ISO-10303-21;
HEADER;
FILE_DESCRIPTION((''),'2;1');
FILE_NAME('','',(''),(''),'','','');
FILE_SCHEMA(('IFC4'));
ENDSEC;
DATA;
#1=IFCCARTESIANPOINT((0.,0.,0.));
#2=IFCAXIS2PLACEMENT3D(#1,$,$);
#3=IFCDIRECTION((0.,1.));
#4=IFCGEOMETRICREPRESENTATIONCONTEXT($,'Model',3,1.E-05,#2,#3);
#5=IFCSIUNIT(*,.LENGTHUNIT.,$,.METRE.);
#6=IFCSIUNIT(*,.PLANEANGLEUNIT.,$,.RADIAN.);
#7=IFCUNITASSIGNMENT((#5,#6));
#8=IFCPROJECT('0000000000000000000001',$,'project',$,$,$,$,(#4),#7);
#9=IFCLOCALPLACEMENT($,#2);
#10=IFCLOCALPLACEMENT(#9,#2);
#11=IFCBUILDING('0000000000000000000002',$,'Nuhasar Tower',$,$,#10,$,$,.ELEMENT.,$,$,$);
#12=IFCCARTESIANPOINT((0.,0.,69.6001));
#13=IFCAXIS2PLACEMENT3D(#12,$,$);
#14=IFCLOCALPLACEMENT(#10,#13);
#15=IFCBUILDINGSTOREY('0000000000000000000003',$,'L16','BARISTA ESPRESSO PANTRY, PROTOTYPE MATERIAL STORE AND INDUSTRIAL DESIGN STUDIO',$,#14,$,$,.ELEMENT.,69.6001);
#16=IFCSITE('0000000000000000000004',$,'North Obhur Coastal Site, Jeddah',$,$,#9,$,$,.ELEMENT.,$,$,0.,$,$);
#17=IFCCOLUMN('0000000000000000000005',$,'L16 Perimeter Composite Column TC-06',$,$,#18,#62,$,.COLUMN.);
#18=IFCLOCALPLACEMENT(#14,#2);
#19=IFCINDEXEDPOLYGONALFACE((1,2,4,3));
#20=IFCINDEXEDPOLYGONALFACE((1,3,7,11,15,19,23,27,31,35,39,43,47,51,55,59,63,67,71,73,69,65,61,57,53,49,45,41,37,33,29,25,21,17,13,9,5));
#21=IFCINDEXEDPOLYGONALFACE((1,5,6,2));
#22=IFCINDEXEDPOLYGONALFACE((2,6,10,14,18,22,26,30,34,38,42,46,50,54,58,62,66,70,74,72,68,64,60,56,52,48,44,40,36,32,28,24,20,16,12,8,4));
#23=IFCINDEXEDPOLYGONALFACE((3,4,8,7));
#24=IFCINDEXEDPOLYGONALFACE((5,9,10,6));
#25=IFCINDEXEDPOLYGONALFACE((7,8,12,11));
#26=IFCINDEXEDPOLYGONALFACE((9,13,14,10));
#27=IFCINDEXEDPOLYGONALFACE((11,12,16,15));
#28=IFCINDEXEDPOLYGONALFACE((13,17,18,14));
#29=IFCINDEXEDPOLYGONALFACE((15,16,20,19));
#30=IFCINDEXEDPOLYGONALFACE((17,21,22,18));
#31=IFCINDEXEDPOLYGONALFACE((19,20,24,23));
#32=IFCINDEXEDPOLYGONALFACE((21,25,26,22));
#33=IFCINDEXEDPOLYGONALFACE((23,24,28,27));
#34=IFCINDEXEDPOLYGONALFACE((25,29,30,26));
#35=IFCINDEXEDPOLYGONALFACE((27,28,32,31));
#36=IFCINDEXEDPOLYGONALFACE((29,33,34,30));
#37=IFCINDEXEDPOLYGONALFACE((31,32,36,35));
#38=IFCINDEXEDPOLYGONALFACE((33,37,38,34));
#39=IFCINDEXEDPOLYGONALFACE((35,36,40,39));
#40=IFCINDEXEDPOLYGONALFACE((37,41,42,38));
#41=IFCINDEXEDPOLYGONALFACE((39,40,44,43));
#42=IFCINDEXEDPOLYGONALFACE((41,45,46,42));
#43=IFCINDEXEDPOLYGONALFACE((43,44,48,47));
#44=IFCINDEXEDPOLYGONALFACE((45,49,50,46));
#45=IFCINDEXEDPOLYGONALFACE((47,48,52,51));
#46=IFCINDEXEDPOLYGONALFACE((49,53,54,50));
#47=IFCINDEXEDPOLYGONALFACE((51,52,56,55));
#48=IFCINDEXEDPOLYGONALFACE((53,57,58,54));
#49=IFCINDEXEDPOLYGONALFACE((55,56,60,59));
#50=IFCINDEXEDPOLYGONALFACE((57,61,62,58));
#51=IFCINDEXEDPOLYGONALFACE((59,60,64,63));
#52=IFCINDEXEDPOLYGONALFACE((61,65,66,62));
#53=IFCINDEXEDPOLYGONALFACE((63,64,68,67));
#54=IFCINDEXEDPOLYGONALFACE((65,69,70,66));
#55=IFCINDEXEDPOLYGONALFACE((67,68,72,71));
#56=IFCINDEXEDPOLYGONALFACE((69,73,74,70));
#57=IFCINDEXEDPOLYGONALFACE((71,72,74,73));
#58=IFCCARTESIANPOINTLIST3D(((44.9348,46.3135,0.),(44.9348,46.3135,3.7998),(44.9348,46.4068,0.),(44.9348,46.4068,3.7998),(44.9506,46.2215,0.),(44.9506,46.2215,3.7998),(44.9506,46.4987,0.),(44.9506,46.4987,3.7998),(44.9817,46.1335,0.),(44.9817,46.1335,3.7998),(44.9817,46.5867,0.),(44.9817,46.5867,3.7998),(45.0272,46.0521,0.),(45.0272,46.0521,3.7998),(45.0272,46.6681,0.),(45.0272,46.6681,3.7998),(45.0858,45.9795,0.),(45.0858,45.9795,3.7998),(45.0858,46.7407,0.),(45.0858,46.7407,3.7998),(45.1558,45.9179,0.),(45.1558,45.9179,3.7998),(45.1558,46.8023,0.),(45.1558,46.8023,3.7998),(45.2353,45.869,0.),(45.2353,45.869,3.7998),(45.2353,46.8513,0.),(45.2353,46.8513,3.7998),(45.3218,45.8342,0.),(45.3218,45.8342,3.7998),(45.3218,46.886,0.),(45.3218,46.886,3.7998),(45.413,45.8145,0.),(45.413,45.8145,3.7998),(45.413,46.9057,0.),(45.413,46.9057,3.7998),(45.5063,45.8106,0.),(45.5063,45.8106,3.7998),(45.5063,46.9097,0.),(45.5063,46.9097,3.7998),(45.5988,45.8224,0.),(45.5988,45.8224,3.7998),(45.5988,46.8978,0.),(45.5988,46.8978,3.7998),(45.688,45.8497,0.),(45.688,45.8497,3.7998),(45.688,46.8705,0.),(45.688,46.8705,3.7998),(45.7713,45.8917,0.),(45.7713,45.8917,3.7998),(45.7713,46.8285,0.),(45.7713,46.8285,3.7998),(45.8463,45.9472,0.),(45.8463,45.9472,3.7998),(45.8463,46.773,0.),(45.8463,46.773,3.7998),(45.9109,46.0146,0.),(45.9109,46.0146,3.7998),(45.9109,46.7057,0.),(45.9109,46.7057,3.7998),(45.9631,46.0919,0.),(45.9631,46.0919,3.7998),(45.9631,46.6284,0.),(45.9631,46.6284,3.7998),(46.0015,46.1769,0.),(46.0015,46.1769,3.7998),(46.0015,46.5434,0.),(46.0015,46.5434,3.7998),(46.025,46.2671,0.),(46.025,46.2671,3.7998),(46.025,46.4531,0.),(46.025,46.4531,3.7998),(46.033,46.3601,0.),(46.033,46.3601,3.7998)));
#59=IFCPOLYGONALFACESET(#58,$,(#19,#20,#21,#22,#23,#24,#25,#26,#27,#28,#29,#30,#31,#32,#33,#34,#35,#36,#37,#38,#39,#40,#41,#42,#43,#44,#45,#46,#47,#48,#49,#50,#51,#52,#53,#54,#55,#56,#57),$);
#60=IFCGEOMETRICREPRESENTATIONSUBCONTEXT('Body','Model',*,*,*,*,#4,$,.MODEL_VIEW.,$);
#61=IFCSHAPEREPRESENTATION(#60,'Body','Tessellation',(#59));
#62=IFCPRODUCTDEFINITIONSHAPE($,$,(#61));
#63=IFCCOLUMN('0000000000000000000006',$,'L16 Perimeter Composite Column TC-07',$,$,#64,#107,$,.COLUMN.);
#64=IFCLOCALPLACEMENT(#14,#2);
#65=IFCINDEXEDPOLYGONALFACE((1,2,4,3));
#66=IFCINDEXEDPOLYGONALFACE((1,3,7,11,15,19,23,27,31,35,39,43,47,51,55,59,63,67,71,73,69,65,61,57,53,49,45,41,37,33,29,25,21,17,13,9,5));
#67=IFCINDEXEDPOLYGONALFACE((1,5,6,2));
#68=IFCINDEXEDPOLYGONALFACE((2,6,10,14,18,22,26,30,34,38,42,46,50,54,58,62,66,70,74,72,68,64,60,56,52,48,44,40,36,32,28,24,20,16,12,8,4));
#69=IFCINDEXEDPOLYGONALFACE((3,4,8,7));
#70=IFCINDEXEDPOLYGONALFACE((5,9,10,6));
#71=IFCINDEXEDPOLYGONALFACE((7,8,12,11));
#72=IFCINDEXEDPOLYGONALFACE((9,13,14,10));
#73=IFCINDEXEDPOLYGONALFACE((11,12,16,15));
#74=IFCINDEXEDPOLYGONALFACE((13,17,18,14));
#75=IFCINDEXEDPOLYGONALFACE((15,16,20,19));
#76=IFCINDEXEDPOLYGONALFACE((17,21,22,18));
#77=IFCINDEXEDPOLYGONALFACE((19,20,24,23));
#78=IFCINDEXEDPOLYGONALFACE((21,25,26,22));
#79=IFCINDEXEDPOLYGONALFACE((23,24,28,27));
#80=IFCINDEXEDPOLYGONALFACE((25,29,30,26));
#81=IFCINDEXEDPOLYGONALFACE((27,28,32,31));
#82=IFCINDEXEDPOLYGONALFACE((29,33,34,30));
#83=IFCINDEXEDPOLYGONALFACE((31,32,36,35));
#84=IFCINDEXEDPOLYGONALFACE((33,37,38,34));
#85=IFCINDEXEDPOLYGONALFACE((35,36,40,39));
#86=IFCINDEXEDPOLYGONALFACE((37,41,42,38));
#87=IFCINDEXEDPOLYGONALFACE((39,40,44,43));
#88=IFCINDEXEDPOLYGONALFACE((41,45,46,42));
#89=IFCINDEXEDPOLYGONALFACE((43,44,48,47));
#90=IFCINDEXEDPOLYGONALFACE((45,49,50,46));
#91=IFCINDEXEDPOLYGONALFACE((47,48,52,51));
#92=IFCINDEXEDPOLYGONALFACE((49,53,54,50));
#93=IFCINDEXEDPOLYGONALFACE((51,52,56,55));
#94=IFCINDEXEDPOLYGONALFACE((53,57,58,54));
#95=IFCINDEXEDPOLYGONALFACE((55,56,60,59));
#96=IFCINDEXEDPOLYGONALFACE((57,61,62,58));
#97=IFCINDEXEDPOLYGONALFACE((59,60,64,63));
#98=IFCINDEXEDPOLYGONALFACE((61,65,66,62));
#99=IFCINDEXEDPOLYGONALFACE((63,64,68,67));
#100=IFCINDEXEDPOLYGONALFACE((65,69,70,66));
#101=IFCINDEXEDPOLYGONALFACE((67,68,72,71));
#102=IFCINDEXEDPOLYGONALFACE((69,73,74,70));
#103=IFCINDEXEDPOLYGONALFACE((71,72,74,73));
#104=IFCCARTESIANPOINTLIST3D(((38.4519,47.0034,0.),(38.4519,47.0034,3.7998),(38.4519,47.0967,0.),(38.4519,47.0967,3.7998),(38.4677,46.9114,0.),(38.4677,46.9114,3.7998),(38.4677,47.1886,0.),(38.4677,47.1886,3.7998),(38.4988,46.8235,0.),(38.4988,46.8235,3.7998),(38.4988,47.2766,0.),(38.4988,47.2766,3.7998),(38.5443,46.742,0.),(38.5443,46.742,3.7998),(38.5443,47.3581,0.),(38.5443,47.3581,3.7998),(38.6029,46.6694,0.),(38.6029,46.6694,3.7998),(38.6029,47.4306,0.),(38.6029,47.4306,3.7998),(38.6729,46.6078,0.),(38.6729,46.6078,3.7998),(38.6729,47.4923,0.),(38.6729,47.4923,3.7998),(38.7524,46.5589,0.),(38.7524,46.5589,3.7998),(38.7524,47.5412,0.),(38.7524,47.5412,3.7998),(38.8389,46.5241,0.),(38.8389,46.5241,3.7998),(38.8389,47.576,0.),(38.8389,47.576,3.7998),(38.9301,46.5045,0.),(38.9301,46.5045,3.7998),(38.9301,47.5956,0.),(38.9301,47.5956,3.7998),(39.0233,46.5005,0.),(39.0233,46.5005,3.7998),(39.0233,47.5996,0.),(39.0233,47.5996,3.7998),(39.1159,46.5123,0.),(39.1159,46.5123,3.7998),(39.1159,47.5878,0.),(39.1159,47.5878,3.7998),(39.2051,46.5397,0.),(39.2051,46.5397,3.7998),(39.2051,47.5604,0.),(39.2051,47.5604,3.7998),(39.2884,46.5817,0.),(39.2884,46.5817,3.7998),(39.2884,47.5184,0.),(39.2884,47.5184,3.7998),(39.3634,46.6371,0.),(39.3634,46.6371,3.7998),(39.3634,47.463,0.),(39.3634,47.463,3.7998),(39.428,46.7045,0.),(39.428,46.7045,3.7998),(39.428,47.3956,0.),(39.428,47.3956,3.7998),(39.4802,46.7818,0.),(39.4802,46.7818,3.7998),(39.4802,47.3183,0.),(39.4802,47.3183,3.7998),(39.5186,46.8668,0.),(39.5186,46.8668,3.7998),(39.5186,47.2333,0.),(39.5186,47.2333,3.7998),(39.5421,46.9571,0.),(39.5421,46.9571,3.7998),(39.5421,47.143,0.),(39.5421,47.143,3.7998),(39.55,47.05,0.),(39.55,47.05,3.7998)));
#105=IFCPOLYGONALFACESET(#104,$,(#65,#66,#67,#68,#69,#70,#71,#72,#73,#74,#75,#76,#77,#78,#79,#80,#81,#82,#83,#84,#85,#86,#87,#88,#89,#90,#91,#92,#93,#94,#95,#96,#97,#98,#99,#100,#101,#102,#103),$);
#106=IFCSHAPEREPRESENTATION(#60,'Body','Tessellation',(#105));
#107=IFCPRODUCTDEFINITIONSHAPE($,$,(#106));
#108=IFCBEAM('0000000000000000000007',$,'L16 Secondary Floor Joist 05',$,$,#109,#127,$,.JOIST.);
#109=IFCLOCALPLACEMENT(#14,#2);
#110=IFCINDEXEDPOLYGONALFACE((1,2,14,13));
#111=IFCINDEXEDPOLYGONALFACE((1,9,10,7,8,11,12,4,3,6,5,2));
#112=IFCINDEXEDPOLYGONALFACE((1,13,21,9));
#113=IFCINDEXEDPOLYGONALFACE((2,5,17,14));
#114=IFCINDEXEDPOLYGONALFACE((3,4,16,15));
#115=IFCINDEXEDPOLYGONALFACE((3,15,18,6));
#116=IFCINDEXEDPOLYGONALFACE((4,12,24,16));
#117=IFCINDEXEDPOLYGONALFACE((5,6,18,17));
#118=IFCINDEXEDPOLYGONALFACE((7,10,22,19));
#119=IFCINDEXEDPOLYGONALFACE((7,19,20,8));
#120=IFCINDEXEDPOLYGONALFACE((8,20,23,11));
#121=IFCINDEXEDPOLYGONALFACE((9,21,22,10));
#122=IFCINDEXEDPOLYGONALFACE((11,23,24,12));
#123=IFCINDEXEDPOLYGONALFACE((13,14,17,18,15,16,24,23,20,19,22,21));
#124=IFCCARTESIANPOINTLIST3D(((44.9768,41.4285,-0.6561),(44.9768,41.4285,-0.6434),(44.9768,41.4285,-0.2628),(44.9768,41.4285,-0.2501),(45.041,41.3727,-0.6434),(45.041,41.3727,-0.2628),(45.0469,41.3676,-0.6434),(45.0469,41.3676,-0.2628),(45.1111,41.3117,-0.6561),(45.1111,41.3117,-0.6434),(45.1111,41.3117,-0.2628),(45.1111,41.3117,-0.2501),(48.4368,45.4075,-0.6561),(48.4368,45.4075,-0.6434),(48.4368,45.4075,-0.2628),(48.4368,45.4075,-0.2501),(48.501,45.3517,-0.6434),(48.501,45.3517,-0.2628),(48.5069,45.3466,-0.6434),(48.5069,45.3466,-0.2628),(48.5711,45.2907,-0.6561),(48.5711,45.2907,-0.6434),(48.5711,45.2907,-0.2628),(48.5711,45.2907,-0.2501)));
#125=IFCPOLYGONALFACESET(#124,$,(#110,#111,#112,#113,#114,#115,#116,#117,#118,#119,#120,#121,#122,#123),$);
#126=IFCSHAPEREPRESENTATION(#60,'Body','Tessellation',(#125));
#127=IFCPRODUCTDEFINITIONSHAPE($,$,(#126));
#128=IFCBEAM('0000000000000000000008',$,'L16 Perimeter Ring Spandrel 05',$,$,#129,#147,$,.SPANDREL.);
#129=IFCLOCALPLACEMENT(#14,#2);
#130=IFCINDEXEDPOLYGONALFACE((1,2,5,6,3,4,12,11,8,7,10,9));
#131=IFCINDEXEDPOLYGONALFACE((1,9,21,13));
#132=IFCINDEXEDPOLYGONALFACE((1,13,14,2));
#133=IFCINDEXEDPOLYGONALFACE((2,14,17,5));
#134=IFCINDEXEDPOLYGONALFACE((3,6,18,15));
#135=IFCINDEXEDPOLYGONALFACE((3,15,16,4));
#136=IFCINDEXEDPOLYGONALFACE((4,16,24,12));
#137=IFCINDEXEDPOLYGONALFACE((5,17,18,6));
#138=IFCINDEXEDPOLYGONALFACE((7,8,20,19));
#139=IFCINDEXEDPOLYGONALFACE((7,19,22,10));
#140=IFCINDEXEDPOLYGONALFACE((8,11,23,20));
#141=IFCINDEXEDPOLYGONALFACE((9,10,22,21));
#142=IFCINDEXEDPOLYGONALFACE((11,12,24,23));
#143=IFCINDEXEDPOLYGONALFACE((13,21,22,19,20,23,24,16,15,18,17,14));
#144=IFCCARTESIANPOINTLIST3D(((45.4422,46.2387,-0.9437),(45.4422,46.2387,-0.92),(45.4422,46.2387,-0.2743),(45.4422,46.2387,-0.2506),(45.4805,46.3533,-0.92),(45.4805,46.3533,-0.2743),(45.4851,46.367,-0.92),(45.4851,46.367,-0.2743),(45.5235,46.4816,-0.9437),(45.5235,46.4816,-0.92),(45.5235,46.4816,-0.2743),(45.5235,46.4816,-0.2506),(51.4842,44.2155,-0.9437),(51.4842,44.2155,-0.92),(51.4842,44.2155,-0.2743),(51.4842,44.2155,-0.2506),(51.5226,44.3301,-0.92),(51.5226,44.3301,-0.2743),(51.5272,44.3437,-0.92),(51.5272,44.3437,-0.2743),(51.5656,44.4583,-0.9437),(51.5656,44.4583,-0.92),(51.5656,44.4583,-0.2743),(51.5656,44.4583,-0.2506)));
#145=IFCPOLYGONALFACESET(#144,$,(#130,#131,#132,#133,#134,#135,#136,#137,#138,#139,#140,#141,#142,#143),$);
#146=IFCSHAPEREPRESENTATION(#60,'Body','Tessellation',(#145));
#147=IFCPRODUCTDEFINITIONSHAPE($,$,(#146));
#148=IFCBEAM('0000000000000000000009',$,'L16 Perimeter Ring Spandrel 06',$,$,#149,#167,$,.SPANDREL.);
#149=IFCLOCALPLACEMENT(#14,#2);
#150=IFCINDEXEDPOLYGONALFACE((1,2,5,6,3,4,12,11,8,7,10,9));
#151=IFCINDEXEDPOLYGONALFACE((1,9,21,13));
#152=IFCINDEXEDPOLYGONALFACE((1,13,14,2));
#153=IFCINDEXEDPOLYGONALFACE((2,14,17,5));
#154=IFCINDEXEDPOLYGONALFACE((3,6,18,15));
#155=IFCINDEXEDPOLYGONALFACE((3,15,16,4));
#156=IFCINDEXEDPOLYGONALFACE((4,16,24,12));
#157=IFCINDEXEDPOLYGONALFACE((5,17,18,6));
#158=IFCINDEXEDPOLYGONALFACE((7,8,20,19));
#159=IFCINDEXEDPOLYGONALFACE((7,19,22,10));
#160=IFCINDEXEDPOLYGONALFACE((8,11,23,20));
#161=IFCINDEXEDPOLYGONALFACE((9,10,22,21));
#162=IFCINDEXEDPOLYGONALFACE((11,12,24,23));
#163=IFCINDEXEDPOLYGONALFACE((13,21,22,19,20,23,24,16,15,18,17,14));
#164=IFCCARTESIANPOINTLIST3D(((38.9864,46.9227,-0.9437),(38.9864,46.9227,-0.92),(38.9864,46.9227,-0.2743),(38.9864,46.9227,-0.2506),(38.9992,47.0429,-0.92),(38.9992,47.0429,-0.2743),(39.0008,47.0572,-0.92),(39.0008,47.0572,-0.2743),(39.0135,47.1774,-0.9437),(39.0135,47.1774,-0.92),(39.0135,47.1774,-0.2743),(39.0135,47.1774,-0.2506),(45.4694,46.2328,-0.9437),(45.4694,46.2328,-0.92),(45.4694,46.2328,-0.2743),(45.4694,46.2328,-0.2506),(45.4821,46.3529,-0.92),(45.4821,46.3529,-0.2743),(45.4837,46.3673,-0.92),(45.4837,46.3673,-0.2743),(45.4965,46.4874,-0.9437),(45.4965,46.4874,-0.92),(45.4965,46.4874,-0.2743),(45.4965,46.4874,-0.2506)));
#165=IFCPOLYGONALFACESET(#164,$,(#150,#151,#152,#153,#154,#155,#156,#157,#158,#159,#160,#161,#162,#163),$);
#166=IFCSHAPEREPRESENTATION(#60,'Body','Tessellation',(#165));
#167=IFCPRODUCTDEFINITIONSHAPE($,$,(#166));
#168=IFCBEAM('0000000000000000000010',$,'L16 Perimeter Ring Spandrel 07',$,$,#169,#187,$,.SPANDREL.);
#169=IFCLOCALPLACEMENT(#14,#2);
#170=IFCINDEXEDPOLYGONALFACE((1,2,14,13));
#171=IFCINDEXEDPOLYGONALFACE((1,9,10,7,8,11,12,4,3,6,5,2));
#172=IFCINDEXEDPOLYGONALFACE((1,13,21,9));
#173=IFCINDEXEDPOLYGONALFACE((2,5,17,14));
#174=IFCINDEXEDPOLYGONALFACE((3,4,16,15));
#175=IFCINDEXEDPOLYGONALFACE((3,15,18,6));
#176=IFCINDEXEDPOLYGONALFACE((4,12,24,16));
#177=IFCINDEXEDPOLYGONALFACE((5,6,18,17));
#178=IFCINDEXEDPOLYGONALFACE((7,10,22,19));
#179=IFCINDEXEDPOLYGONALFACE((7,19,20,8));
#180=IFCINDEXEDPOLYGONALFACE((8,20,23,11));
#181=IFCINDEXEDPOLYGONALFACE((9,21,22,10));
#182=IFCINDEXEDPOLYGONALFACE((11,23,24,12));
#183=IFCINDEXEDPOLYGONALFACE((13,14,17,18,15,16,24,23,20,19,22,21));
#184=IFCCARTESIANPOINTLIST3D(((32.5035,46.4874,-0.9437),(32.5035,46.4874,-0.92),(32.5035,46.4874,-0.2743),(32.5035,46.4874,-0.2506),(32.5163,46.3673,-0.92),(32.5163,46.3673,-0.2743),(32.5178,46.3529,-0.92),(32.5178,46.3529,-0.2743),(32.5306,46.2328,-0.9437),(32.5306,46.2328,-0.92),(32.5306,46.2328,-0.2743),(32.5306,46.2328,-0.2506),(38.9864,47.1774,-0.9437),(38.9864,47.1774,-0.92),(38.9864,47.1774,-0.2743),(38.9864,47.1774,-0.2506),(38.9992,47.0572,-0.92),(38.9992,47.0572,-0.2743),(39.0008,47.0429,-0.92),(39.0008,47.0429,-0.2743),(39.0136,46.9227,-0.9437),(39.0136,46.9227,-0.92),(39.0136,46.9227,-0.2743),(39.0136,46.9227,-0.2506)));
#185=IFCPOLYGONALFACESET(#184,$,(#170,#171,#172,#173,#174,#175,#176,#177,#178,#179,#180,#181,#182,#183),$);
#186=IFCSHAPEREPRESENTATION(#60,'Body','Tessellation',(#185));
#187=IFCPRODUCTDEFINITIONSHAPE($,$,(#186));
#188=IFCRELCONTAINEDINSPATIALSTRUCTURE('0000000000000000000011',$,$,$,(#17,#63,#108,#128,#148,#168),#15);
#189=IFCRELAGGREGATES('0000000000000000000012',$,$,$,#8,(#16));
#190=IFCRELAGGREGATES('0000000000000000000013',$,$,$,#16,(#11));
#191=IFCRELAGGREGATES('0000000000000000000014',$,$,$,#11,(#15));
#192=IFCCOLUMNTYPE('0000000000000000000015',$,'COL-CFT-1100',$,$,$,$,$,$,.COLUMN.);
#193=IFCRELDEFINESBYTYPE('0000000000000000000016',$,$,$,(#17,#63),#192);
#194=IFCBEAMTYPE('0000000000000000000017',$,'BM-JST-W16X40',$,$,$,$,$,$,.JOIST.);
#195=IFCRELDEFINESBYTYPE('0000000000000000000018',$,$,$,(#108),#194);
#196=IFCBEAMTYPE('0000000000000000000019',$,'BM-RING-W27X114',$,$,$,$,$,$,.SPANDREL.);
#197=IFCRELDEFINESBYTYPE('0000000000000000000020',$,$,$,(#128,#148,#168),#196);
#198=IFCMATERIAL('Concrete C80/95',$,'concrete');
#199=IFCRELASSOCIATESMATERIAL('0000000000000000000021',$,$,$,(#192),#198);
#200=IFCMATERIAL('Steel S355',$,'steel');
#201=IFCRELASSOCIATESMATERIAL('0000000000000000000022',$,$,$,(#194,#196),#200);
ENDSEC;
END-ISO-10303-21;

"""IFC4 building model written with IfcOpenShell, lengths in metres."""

from ifc_helpers import new_model, si_unit, direction, frame, origin, origin_2d, place, context, subcontext, project, spatial, circle, i_section, extrude, material, material_profile, profile_set, type_object, element, save


model = new_model("IFC4")

# Units and contexts
model_context = context("Model", 3, precision=1e-05, world=origin(), true_north=direction((0.0, 1.0)))
body_context = subcontext(model_context, "Body", "Model", "MODEL_VIEW")
ifc_project = project(units=[si_unit("LENGTHUNIT", "METRE"), si_unit("PLANEANGLEUNIT", "RADIAN")], contexts=[model_context])

# Site, building, storey
site_placement = place(None, origin())
site = spatial("IfcSite", under=ifc_project, at=site_placement, Name="North Obhur Coastal Site, Jeddah", CompositionType="ELEMENT", RefElevation=0.0)
building_placement = place(site_placement, origin())
building = spatial("IfcBuilding", under=site, at=building_placement, Name="Nuhasar Tower", CompositionType="ELEMENT")
storey_placement = place(building_placement, frame((0.0, 0.0, 69.6001)))
storey = spatial("IfcBuildingStorey", under=building, at=storey_placement, Name="L16", Description="BARISTA ESPRESSO PANTRY, PROTOTYPE MATERIAL STORE AND INDUSTRIAL DESIGN STUDIO", CompositionType="ELEMENT", Elevation=69.6001)

# Columns
ifc_material_1 = material(Name="Concrete C80/95", Category="concrete")
ifc_material_profile_1 = material_profile(ifc_material_1, circle(Radius=0.55, at=origin_2d()), Name="CFT1100")
ifc_profile_set_1 = profile_set([ifc_material_profile_1], Name="Concrete C80/95")
column_type = type_object("IfcColumnType", Name="COL-CFT-1100", PredefinedType="COLUMN", material=ifc_profile_set_1)
for number, where, z_axis, x_axis, name in (
    (1, (45.4829, 46.3601, 0.0), (0.0, 0.0, 1.0), (1.0, 0.0, 0.0), "L16 Perimeter Composite Column TC-06"),
    (2, (39.0, 47.05, 0.0), (0.0, 0.0, 1.0), (1.0, 0.0, 0.0), "L16 Perimeter Composite Column TC-07"),
):
    element("IfcColumn", number, at=place(storey_placement, frame(where, z_axis=z_axis, x_axis=x_axis)), inside=storey, type_object=column_type, Name=name, PredefinedType="COLUMN", context=body_context, shape_type="SweptSolid", body=[
        extrude(circle(Radius=0.55, at=origin_2d()), origin(), (0.0, 0.0, 1.0), 3.7998),
    ])

# Beams
ifc_material_2 = material(Name="Steel S355", Category="steel")
ifc_material_profile_2 = material_profile(ifc_material_2, i_section(OverallWidth=0.178, OverallDepth=0.406, WebThickness=0.0078, FlangeThickness=0.0127, at=origin_2d()), Name="W16X40")
ifc_profile_set_2 = profile_set([ifc_material_profile_2], Name="Steel S355")
beam_type_1 = type_object("IfcBeamType", Name="BM-JST-W16X40", PredefinedType="JOIST", material=ifc_profile_set_2)
beam_1_placement = place(storey_placement, frame((45.0439, 41.3701, -0.4531), z_axis=(0.656174, 0.75461, 0.0), x_axis=(-0.75461, 0.656174, 0.0)))
element("IfcBeam", 3, at=beam_1_placement, inside=storey, type_object=beam_type_1, Name="L16 Secondary Floor Joist 05", PredefinedType="JOIST", context=body_context, shape_type="SweptSolid", body=[
    extrude(i_section(OverallWidth=0.178, OverallDepth=0.406, WebThickness=0.0078, FlangeThickness=0.0127, at=origin_2d()), origin(), (0.0, 0.0, 1.0), 5.2729),
])
ifc_material_profile_3 = material_profile(ifc_material_2, i_section(OverallWidth=0.2561, OverallDepth=0.6931, WebThickness=0.0144, FlangeThickness=0.0237, at=origin_2d()), Name="W27X114")
ifc_profile_set_3 = profile_set([ifc_material_profile_3], Name="Steel S355")
beam_type_2 = type_object("IfcBeamType", Name="BM-RING-W27X114", PredefinedType="SPANDREL", material=ifc_profile_set_3)
beam_2_placement = place(storey_placement, frame((51.5249, 44.3369, -0.5972), z_axis=(-0.948249, 0.317526, 0.0), x_axis=(-0.317526, -0.948249, 0.0)))
element("IfcBeam", 4, at=beam_2_placement, inside=storey, type_object=beam_type_2, Name="L16 Perimeter Ring Spandrel 05", PredefinedType="SPANDREL", context=body_context, shape_type="SweptSolid", body=[
    extrude(i_section(OverallWidth=0.2561, OverallDepth=0.6931, WebThickness=0.0144, FlangeThickness=0.0237, at=origin_2d()), origin(), (0.0, 0.0, 1.0), 6.3718),
])
for number, where, z_axis, x_axis, name in (
    (5, (45.4829, 46.3601, -0.5972), (-0.994385, 0.105827, 0.0), (-0.105827, -0.994385, 0.0), "L16 Perimeter Ring Spandrel 06"),
    (6, (39.0, 47.05, -0.5972), (-0.994385, -0.105827, 0.0), (0.105827, -0.994385, 0.0), "L16 Perimeter Ring Spandrel 07"),
):
    element("IfcBeam", number, at=place(storey_placement, frame(where, z_axis=z_axis, x_axis=x_axis)), inside=storey, type_object=beam_type_2, Name=name, PredefinedType="SPANDREL", context=body_context, shape_type="SweptSolid", body=[
        extrude(i_section(OverallWidth=0.2561, OverallDepth=0.6931, WebThickness=0.0144, FlangeThickness=0.0237, at=origin_2d()), origin(), (0.0, 0.0, 1.0), 6.5195),
    ])

save(model, "model.ifc")
